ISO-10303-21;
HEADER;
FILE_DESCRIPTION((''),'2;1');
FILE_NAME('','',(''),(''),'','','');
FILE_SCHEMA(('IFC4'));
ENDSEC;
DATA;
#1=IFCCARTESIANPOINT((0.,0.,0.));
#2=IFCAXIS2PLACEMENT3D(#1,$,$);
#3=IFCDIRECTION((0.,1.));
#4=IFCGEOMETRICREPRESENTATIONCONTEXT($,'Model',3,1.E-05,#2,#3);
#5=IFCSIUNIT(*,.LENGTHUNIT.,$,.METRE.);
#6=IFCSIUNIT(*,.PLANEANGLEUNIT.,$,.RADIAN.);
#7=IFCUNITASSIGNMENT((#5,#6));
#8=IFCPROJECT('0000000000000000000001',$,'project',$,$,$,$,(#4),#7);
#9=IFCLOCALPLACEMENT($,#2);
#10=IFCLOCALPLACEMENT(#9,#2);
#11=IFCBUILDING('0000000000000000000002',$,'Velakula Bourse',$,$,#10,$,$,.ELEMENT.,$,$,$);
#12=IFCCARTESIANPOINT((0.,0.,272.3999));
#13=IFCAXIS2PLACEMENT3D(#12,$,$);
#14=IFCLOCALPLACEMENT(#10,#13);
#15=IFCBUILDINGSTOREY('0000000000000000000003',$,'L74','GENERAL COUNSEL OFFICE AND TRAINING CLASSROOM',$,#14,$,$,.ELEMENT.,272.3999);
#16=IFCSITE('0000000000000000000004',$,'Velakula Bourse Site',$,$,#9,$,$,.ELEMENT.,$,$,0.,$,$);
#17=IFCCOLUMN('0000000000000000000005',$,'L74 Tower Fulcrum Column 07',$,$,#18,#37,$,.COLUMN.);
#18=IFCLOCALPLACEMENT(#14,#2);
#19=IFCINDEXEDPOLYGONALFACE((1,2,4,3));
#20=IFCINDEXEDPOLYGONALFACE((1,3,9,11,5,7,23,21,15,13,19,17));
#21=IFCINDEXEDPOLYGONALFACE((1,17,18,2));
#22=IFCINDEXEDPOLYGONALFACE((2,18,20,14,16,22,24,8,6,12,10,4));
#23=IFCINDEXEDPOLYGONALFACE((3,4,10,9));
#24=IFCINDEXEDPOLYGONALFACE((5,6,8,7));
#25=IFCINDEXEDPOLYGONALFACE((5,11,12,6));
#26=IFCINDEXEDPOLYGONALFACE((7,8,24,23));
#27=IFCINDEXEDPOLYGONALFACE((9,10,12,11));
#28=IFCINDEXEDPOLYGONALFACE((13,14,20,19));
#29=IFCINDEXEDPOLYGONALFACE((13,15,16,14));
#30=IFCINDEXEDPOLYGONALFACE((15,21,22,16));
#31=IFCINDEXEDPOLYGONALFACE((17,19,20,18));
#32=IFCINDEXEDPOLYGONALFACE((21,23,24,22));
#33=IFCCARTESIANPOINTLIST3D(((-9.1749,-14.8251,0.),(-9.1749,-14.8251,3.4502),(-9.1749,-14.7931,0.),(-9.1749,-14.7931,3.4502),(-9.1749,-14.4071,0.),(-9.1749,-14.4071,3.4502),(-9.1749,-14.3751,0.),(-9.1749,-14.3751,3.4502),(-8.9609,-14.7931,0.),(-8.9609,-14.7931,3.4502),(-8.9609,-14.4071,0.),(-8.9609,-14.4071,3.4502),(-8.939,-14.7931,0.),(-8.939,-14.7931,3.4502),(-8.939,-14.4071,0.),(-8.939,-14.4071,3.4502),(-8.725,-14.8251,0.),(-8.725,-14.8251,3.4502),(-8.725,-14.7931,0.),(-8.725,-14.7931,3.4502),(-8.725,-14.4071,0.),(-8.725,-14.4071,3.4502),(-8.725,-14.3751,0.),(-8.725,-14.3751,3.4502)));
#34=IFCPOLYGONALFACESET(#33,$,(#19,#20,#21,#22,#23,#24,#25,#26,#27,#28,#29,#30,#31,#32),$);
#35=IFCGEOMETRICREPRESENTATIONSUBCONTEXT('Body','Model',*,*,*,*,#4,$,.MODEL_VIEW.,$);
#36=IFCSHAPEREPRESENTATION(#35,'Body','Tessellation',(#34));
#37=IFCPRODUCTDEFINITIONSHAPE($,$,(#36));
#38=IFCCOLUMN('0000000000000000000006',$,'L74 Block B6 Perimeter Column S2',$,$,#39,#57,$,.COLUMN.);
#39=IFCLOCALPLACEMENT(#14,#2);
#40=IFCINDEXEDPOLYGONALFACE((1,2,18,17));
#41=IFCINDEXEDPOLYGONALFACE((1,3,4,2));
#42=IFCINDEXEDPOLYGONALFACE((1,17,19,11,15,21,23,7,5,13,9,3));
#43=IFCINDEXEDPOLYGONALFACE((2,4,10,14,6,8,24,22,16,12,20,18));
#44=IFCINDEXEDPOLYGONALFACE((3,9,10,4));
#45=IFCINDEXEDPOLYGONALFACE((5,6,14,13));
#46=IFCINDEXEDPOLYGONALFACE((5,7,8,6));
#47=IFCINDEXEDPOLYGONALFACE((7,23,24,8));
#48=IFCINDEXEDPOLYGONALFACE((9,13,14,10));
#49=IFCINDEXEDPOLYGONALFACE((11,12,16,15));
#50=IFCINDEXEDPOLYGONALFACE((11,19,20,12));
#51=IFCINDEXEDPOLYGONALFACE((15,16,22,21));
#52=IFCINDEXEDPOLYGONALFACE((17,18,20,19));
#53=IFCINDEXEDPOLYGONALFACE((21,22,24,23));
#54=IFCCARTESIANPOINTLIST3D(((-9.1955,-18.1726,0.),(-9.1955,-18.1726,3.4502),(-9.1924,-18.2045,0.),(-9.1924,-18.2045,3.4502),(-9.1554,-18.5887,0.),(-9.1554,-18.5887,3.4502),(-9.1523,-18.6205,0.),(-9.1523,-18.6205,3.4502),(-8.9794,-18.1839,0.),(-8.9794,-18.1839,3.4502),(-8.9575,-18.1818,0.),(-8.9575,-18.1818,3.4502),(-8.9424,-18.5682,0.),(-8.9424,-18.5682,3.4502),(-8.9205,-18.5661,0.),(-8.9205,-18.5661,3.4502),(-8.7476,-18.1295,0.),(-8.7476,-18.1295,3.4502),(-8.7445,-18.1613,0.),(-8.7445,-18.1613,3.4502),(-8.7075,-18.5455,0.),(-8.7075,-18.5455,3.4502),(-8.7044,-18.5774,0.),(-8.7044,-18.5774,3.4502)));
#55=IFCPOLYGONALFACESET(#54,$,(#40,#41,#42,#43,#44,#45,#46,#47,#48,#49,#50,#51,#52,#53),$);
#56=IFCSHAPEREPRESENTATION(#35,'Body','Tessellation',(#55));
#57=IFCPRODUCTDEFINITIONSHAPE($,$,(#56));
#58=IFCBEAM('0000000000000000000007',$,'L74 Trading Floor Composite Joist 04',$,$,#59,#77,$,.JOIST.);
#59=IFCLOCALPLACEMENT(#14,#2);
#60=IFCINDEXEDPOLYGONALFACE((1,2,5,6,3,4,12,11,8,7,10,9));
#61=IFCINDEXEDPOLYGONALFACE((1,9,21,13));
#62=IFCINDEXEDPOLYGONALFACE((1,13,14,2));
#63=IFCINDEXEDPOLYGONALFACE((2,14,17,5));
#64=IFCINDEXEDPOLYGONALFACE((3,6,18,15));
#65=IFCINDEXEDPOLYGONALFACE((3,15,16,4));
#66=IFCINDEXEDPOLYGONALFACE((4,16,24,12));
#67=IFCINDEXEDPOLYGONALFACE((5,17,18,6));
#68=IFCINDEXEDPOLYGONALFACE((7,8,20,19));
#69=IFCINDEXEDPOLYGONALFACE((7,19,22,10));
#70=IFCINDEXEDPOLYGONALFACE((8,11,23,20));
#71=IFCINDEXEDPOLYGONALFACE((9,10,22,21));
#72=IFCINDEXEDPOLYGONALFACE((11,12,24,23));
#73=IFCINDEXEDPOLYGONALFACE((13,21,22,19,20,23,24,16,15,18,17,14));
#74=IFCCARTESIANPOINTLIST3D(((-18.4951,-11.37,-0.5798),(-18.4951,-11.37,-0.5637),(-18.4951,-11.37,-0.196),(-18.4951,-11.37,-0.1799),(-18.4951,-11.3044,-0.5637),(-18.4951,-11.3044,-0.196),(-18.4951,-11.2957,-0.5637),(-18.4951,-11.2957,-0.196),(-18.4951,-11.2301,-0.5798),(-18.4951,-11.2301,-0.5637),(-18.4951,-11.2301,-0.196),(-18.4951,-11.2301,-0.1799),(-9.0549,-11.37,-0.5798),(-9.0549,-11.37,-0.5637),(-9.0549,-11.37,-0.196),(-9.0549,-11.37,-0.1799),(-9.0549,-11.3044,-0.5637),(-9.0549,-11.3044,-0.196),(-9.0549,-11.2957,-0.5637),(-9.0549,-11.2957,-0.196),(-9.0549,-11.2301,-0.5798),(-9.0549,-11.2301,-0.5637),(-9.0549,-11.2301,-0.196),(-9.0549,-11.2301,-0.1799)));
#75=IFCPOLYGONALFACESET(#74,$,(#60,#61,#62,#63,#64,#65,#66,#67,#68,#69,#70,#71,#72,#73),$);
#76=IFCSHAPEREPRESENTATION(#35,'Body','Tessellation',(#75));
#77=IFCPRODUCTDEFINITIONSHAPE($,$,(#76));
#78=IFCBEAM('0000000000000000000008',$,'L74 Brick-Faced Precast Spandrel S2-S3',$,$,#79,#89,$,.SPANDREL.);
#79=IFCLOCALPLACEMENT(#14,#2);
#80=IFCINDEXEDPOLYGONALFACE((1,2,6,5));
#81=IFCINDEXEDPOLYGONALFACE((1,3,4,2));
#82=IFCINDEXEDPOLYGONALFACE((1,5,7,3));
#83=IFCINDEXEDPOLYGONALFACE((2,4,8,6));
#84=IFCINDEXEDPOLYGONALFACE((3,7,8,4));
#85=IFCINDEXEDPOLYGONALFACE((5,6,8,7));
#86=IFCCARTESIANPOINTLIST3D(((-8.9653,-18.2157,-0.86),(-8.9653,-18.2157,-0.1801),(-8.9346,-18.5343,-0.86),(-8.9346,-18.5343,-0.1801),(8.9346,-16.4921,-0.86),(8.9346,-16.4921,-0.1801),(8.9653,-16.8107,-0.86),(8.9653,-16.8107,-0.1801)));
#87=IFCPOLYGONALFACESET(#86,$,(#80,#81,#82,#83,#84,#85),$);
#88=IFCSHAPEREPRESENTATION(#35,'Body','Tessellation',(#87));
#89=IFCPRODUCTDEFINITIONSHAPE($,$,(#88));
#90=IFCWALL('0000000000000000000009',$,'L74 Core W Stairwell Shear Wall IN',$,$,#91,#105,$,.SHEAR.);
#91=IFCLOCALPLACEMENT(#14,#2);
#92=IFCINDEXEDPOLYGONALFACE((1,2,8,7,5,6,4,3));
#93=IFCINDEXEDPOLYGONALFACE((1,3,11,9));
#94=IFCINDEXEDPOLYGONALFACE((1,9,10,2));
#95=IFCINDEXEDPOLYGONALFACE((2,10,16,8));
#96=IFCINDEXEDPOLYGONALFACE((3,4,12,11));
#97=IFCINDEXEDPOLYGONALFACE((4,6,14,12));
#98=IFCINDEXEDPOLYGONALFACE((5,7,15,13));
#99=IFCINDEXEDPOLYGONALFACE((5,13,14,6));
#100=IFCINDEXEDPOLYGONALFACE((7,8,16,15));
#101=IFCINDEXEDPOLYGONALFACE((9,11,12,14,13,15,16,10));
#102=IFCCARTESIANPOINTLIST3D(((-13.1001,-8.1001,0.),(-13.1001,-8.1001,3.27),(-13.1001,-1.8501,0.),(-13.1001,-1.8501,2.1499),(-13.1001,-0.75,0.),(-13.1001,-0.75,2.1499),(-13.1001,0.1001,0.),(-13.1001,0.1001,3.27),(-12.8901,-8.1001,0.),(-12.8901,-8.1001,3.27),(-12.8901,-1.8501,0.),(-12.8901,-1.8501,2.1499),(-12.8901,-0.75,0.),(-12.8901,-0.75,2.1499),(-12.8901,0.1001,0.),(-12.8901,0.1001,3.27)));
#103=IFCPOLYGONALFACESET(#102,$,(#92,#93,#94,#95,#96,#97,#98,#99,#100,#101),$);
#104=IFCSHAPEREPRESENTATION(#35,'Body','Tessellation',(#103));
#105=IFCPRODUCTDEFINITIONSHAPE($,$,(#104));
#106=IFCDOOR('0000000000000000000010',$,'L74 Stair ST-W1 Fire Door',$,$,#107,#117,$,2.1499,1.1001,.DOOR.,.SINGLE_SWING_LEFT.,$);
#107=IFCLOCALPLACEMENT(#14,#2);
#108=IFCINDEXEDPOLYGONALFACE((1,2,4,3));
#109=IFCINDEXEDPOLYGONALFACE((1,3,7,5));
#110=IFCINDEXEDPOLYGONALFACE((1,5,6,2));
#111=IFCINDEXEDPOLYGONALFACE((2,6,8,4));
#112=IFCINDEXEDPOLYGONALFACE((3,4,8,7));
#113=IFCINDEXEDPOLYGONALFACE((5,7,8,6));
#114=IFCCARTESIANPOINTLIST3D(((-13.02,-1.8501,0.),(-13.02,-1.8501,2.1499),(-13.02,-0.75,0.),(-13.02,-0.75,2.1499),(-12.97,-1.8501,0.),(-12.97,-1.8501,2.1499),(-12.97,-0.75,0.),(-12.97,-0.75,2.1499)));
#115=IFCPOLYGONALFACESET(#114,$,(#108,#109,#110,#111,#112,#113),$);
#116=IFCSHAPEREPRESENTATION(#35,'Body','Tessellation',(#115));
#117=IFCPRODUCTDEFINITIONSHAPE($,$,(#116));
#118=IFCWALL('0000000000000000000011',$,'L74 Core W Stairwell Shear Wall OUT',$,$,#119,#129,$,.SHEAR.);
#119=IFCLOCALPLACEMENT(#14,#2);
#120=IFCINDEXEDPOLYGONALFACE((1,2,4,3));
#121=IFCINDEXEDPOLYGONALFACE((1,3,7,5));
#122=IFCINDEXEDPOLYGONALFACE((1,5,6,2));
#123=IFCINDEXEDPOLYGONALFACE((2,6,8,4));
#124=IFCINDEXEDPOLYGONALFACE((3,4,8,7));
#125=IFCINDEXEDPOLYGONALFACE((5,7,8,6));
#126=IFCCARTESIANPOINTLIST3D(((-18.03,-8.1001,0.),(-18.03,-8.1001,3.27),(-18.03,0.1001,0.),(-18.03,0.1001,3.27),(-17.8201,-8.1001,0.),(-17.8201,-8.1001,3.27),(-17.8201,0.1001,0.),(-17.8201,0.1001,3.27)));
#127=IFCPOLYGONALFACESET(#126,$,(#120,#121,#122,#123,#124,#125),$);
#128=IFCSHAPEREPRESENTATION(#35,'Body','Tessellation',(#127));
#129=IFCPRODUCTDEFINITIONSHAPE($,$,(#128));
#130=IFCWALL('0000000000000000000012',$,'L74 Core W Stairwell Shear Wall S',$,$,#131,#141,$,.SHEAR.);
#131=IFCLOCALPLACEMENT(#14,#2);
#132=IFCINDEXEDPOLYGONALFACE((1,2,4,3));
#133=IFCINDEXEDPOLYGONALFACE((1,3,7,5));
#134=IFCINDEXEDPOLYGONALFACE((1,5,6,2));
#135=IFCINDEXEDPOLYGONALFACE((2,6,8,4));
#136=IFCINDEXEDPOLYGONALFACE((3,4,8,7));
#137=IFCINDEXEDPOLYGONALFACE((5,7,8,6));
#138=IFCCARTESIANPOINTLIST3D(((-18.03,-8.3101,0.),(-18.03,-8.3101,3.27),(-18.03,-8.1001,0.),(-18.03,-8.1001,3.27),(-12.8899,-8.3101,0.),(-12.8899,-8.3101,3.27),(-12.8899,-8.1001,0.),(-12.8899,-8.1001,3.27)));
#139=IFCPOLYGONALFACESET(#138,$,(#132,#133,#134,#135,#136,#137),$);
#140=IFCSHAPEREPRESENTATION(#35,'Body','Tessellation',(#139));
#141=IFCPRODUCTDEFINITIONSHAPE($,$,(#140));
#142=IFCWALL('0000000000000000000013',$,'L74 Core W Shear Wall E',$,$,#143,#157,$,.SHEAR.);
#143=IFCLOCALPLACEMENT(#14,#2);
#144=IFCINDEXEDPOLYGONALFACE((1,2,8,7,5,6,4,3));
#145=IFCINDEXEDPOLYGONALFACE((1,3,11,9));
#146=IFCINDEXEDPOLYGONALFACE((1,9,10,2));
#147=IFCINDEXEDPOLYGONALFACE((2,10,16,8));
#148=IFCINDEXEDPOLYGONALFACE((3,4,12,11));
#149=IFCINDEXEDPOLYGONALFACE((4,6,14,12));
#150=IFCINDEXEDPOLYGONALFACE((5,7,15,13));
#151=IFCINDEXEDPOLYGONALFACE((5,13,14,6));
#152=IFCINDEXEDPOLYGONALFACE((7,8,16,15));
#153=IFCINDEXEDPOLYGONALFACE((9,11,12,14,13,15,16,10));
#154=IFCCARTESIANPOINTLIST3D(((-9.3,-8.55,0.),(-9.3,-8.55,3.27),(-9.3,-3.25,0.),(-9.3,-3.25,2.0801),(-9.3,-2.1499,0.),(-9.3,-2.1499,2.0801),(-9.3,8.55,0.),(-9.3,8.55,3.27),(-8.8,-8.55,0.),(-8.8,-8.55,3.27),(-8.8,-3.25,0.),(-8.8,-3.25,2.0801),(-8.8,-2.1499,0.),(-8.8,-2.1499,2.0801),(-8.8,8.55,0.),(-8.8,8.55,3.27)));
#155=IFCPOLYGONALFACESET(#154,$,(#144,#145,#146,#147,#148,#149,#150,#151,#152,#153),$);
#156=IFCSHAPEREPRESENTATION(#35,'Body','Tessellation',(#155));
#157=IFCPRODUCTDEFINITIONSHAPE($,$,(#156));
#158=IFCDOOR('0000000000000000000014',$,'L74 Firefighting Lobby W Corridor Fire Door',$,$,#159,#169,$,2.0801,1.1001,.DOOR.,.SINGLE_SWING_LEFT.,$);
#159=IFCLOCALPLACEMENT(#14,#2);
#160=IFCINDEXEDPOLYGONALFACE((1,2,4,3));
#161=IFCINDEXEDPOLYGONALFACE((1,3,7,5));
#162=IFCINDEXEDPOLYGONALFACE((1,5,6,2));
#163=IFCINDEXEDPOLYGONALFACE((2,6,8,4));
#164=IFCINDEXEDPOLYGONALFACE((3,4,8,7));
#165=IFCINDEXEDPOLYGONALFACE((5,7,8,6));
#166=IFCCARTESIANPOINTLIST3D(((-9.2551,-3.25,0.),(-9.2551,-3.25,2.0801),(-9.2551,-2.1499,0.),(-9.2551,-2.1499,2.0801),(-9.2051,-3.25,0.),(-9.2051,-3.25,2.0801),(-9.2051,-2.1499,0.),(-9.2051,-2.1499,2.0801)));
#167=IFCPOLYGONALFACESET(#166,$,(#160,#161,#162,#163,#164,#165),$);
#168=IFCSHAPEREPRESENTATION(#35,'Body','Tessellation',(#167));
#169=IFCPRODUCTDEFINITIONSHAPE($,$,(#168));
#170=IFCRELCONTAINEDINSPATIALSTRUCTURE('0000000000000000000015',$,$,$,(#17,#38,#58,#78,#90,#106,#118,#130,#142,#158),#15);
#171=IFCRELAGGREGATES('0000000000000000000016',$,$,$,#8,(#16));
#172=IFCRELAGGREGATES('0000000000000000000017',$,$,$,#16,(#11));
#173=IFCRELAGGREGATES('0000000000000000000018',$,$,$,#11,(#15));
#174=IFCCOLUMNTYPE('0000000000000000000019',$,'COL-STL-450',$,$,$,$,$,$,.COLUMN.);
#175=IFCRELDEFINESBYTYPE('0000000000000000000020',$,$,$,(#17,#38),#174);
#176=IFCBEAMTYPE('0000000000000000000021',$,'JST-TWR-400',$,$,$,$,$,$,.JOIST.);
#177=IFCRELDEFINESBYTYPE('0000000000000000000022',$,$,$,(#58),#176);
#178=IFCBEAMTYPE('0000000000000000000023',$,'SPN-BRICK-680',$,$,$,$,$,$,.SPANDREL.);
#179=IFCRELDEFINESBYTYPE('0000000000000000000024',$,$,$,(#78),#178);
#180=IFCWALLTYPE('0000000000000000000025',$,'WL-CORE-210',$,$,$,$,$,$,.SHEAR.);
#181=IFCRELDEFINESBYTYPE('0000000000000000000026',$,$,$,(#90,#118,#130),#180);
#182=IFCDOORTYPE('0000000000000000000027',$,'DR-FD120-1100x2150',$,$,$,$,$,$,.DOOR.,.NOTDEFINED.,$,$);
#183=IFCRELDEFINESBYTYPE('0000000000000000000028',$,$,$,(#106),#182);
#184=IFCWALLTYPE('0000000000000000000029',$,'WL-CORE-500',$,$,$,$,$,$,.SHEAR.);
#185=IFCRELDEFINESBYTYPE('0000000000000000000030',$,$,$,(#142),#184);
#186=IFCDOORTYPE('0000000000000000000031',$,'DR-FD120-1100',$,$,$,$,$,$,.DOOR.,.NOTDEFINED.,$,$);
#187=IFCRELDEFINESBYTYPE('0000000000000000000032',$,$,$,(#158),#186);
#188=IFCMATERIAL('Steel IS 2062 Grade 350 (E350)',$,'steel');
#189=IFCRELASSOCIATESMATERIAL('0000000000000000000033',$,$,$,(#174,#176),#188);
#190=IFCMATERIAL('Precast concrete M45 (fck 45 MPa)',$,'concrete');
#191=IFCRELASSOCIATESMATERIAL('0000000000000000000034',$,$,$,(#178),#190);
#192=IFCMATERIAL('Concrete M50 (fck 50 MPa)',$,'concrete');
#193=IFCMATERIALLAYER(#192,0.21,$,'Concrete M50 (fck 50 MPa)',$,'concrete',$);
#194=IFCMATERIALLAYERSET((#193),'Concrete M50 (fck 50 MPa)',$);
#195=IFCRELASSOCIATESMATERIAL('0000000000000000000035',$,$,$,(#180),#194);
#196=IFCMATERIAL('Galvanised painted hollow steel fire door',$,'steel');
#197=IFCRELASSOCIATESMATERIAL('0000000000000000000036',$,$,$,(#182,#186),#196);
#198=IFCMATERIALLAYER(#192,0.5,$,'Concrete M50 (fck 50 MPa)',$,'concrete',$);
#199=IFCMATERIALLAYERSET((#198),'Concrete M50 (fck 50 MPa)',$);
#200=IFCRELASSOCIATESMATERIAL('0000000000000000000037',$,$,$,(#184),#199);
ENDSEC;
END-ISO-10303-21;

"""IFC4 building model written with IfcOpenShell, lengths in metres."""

from ifc_helpers import new_model, si_unit, direction, frame, frame_2d, origin, origin_2d, place, context, subcontext, project, spatial, rectangle, i_section, extrude, material, layer, layer_set, material_profile, profile_set, type_object, element, fill, save


model = new_model("IFC4")

# Units and contexts
model_context = context("Model", 3, precision=1e-05, world=origin(), true_north=direction((0.0, 1.0)))
body_context = subcontext(model_context, "Body", "Model", "MODEL_VIEW")
ifc_project = project(units=[si_unit("LENGTHUNIT", "METRE"), si_unit("PLANEANGLEUNIT", "RADIAN")], contexts=[model_context])

# Site, building, storey
site_placement = place(None, origin())
site = spatial("IfcSite", under=ifc_project, at=site_placement, Name="Velakula Bourse Site", CompositionType="ELEMENT", RefElevation=0.0)
building_placement = place(site_placement, origin())
building = spatial("IfcBuilding", under=site, at=building_placement, Name="Velakula Bourse", CompositionType="ELEMENT")
storey_placement = place(building_placement, frame((0.0, 0.0, 272.3999)))
storey = spatial("IfcBuildingStorey", under=building, at=storey_placement, Name="L74", Description="GENERAL COUNSEL OFFICE AND TRAINING CLASSROOM", CompositionType="ELEMENT", Elevation=272.3999)

# Columns
ifc_material_1 = material(Name="Steel IS 2062 Grade 350 (E350)", Category="steel")
ifc_material_profile_1 = material_profile(ifc_material_1, i_section(OverallWidth=0.45, OverallDepth=0.45, WebThickness=0.022, FlangeThickness=0.032, at=origin_2d()), Name="Steel IS 2062 Grade 350 (E350)")
ifc_profile_set_1 = profile_set([ifc_material_profile_1], Name="Steel IS 2062 Grade 350 (E350)")
column_type = type_object("IfcColumnType", Name="COL-STL-450", PredefinedType="COLUMN", material=ifc_profile_set_1)
for number, where, z_axis, x_axis, name in (
    (1, (-8.95, -14.6001, 0.0), (0.0, 0.0, 1.0), (1.0, 0.0, 0.0), "L74 Tower Fulcrum Column 07"),
    (2, (-8.95, -18.375, 0.0), (0.0, 0.0, 1.0), (0.995396, 0.095846, 0.0), "L74 Block B6 Perimeter Column S2"),
):
    element("IfcColumn", number, at=place(storey_placement, frame(where, z_axis=z_axis, x_axis=x_axis)), inside=storey, type_object=column_type, Name=name, PredefinedType="COLUMN", context=body_context, shape_type="SweptSolid", body=[
        extrude(i_section(OverallWidth=0.45, OverallDepth=0.45, WebThickness=0.022, FlangeThickness=0.032, at=origin_2d()), origin(), (0.0, 0.0, 1.0), 3.4502),
    ])

# Beams
ifc_material_profile_2 = material_profile(ifc_material_1, i_section(OverallWidth=0.1399, OverallDepth=0.3999, WebThickness=0.0088, FlangeThickness=0.0161, at=origin_2d()), Name="Steel IS 2062 Grade 350 (E350)")
ifc_profile_set_2 = profile_set([ifc_material_profile_2], Name="Steel IS 2062 Grade 350 (E350)")
beam_type_1 = type_object("IfcBeamType", Name="JST-TWR-400", PredefinedType="JOIST", material=ifc_profile_set_2)
beam_1_placement = place(storey_placement, frame((-18.4951, -11.3, -0.3799), z_axis=(1.0, 0.0, 0.0), x_axis=(0.0, 1.0, 0.0)))
element("IfcBeam", 3, at=beam_1_placement, inside=storey, type_object=beam_type_1, Name="L74 Trading Floor Composite Joist 04", PredefinedType="JOIST", context=body_context, shape_type="SweptSolid", body=[
    extrude(i_section(OverallWidth=0.1399, OverallDepth=0.3999, WebThickness=0.0088, FlangeThickness=0.0161, at=origin_2d()), origin(), (0.0, 0.0, 1.0), 9.4402),
])
ifc_material_2 = material(Name="Precast concrete M45 (fck 45 MPa)", Category="concrete")
ifc_material_profile_3 = material_profile(ifc_material_2, rectangle(XDim=0.3201, YDim=0.6799, at=origin_2d()), Name="Precast concrete M45 (fck 45 MPa)")
ifc_profile_set_3 = profile_set([ifc_material_profile_3], Name="Precast concrete M45 (fck 45 MPa)")
beam_type_2 = type_object("IfcBeamType", Name="SPN-BRICK-680", PredefinedType="SPANDREL", material=ifc_profile_set_3)
beam_2_placement = place(storey_placement, frame((-8.95, -18.375, -0.52), z_axis=(0.995396, 0.09585, 0.0), x_axis=(-0.09585, 0.995396, 0.0)))
element("IfcBeam", 4, at=beam_2_placement, inside=storey, type_object=beam_type_2, Name="L74 Brick-Faced Precast Spandrel S2-S3", PredefinedType="SPANDREL", context=body_context, shape_type="SweptSolid", body=[
    extrude(rectangle(XDim=0.3201, YDim=0.6799, at=origin_2d()), origin(), (0.0, 0.0, 1.0), 17.9827),
])

# Wall, opening, door
ifc_material_3 = material(Name="Concrete M50 (fck 50 MPa)", Category="concrete")
ifc_layer_1 = layer(ifc_material_3, 0.21, Name="Concrete M50 (fck 50 MPa)", Category="concrete")
ifc_layer_set_1 = layer_set([ifc_layer_1], Name="Concrete M50 (fck 50 MPa)")
wall_type_1 = type_object("IfcWallType", Name="WL-CORE-210", PredefinedType="SHEAR", material=ifc_layer_set_1)
wall_1_placement = place(storey_placement, frame((-12.9951, -8.1001, 0.0), z_axis=(0.0, 0.0, 1.0), x_axis=(0.0, 1.0, 0.0)))
wall_1 = element("IfcWall", 5, at=wall_1_placement, inside=storey, type_object=wall_type_1, Name="L74 Core W Stairwell Shear Wall IN", PredefinedType="SHEAR", context=body_context, shape_type="SweptSolid", body=[
    extrude(rectangle(XDim=8.2002, YDim=0.21, at=frame_2d((4.1001, 0.0))), origin(), (0.0, 0.0, 1.0), 3.27),
])
opening_1_placement = place(wall_1_placement, frame((6.25, 0.0, 0.0)))
opening_1 = element("IfcOpeningElement", 6, at=opening_1_placement, cuts=wall_1, PredefinedType="OPENING", context=body_context, shape_type="SweptSolid", body=[
    extrude(rectangle(XDim=1.1001, YDim=2.1499, at=frame_2d((0.55, 1.075))), frame((0.0, 0.115, 0.0), z_axis=(0.0, -1.0, 0.0), x_axis=(1.0, 0.0, 0.0)), (0.0, 0.0, 1.0), 0.23),
])
ifc_material_4 = material(Name="Galvanised painted hollow steel fire door", Category="steel")
door_type_1 = type_object("IfcDoorType", Name="DR-FD120-1100x2150", OperationType="NOTDEFINED", PredefinedType="DOOR", material=ifc_material_4)
door_1_placement = place(opening_1_placement, origin())
door_1 = element("IfcDoor", 7, at=door_1_placement, inside=storey, type_object=door_type_1, Name="L74 Stair ST-W1 Fire Door", OperationType="SINGLE_SWING_LEFT", OverallHeight=2.1499, OverallWidth=1.1001, PredefinedType="DOOR", context=body_context, shape_type="SweptSolid", body=[
    extrude(rectangle(XDim=1.1001, YDim=2.1499, at=frame_2d((0.55, 1.075))), frame((0.0, 0.0249, 0.0), z_axis=(0.0, -1.0, 0.0), x_axis=(1.0, 0.0, 0.0)), (0.0, 0.0, 1.0), 0.05),
])
fill(opening_1, door_1)

# Walls
wall_2_placement = place(storey_placement, frame((-17.925, -8.1001, 0.0), z_axis=(0.0, 0.0, 1.0), x_axis=(0.0, 1.0, 0.0)))
element("IfcWall", 8, at=wall_2_placement, inside=storey, type_object=wall_type_1, Name="L74 Core W Stairwell Shear Wall OUT", PredefinedType="SHEAR", context=body_context, shape_type="SweptSolid", body=[
    extrude(rectangle(XDim=8.2002, YDim=0.21, at=frame_2d((4.1001, 0.0))), origin(), (0.0, 0.0, 1.0), 3.27),
])
wall_3_placement = place(storey_placement, frame((-18.03, -8.2051, 0.0), z_axis=(0.0, 0.0, 1.0), x_axis=(1.0, 0.0, 0.0)))
element("IfcWall", 9, at=wall_3_placement, inside=storey, type_object=wall_type_1, Name="L74 Core W Stairwell Shear Wall S", PredefinedType="SHEAR", context=body_context, shape_type="SweptSolid", body=[
    extrude(rectangle(XDim=5.1401, YDim=0.21, at=frame_2d((2.5701, 0.0))), origin(), (0.0, 0.0, 1.0), 3.27),
])

# Wall, opening, door
ifc_layer_2 = layer(ifc_material_3, 0.5, Name="Concrete M50 (fck 50 MPa)", Category="concrete")
ifc_layer_set_2 = layer_set([ifc_layer_2], Name="Concrete M50 (fck 50 MPa)")
wall_type_2 = type_object("IfcWallType", Name="WL-CORE-500", PredefinedType="SHEAR", material=ifc_layer_set_2)
wall_4_placement = place(storey_placement, frame((-9.05, -8.55, 0.0), z_axis=(0.0, 0.0, 1.0), x_axis=(0.0, 1.0, 0.0)))
wall_4 = element("IfcWall", 10, at=wall_4_placement, inside=storey, type_object=wall_type_2, Name="L74 Core W Shear Wall E", PredefinedType="SHEAR", context=body_context, shape_type="SweptSolid", body=[
    extrude(rectangle(XDim=17.1001, YDim=0.5, at=frame_2d((8.55, 0.0))), origin(), (0.0, 0.0, 1.0), 3.27),
])
opening_2_placement = place(wall_4_placement, frame((5.3, 0.0, 0.0)))
opening_2 = element("IfcOpeningElement", 11, at=opening_2_placement, cuts=wall_4, PredefinedType="OPENING", context=body_context, shape_type="SweptSolid", body=[
    extrude(rectangle(XDim=1.1001, YDim=2.0801, at=frame_2d((0.55, 1.04))), frame((0.0, 0.26, 0.0), z_axis=(0.0, -1.0, 0.0), x_axis=(1.0, 0.0, 0.0)), (0.0, 0.0, 1.0), 0.52),
])
door_type_2 = type_object("IfcDoorType", Name="DR-FD120-1100", OperationType="NOTDEFINED", PredefinedType="DOOR", material=ifc_material_4)
door_2_placement = place(opening_2_placement, origin())
door_2 = element("IfcDoor", 12, at=door_2_placement, inside=storey, type_object=door_type_2, Name="L74 Firefighting Lobby W Corridor Fire Door", OperationType="SINGLE_SWING_LEFT", OverallHeight=2.0801, OverallWidth=1.1001, PredefinedType="DOOR", context=body_context, shape_type="SweptSolid", body=[
    extrude(rectangle(XDim=1.1001, YDim=2.0801, at=frame_2d((0.55, 1.04))), frame((0.0, 0.2051, 0.0), z_axis=(0.0, -1.0, 0.0), x_axis=(1.0, 0.0, 0.0)), (0.0, 0.0, 1.0), 0.05),
])
fill(opening_2, door_2)

save(model, "model.ifc")
